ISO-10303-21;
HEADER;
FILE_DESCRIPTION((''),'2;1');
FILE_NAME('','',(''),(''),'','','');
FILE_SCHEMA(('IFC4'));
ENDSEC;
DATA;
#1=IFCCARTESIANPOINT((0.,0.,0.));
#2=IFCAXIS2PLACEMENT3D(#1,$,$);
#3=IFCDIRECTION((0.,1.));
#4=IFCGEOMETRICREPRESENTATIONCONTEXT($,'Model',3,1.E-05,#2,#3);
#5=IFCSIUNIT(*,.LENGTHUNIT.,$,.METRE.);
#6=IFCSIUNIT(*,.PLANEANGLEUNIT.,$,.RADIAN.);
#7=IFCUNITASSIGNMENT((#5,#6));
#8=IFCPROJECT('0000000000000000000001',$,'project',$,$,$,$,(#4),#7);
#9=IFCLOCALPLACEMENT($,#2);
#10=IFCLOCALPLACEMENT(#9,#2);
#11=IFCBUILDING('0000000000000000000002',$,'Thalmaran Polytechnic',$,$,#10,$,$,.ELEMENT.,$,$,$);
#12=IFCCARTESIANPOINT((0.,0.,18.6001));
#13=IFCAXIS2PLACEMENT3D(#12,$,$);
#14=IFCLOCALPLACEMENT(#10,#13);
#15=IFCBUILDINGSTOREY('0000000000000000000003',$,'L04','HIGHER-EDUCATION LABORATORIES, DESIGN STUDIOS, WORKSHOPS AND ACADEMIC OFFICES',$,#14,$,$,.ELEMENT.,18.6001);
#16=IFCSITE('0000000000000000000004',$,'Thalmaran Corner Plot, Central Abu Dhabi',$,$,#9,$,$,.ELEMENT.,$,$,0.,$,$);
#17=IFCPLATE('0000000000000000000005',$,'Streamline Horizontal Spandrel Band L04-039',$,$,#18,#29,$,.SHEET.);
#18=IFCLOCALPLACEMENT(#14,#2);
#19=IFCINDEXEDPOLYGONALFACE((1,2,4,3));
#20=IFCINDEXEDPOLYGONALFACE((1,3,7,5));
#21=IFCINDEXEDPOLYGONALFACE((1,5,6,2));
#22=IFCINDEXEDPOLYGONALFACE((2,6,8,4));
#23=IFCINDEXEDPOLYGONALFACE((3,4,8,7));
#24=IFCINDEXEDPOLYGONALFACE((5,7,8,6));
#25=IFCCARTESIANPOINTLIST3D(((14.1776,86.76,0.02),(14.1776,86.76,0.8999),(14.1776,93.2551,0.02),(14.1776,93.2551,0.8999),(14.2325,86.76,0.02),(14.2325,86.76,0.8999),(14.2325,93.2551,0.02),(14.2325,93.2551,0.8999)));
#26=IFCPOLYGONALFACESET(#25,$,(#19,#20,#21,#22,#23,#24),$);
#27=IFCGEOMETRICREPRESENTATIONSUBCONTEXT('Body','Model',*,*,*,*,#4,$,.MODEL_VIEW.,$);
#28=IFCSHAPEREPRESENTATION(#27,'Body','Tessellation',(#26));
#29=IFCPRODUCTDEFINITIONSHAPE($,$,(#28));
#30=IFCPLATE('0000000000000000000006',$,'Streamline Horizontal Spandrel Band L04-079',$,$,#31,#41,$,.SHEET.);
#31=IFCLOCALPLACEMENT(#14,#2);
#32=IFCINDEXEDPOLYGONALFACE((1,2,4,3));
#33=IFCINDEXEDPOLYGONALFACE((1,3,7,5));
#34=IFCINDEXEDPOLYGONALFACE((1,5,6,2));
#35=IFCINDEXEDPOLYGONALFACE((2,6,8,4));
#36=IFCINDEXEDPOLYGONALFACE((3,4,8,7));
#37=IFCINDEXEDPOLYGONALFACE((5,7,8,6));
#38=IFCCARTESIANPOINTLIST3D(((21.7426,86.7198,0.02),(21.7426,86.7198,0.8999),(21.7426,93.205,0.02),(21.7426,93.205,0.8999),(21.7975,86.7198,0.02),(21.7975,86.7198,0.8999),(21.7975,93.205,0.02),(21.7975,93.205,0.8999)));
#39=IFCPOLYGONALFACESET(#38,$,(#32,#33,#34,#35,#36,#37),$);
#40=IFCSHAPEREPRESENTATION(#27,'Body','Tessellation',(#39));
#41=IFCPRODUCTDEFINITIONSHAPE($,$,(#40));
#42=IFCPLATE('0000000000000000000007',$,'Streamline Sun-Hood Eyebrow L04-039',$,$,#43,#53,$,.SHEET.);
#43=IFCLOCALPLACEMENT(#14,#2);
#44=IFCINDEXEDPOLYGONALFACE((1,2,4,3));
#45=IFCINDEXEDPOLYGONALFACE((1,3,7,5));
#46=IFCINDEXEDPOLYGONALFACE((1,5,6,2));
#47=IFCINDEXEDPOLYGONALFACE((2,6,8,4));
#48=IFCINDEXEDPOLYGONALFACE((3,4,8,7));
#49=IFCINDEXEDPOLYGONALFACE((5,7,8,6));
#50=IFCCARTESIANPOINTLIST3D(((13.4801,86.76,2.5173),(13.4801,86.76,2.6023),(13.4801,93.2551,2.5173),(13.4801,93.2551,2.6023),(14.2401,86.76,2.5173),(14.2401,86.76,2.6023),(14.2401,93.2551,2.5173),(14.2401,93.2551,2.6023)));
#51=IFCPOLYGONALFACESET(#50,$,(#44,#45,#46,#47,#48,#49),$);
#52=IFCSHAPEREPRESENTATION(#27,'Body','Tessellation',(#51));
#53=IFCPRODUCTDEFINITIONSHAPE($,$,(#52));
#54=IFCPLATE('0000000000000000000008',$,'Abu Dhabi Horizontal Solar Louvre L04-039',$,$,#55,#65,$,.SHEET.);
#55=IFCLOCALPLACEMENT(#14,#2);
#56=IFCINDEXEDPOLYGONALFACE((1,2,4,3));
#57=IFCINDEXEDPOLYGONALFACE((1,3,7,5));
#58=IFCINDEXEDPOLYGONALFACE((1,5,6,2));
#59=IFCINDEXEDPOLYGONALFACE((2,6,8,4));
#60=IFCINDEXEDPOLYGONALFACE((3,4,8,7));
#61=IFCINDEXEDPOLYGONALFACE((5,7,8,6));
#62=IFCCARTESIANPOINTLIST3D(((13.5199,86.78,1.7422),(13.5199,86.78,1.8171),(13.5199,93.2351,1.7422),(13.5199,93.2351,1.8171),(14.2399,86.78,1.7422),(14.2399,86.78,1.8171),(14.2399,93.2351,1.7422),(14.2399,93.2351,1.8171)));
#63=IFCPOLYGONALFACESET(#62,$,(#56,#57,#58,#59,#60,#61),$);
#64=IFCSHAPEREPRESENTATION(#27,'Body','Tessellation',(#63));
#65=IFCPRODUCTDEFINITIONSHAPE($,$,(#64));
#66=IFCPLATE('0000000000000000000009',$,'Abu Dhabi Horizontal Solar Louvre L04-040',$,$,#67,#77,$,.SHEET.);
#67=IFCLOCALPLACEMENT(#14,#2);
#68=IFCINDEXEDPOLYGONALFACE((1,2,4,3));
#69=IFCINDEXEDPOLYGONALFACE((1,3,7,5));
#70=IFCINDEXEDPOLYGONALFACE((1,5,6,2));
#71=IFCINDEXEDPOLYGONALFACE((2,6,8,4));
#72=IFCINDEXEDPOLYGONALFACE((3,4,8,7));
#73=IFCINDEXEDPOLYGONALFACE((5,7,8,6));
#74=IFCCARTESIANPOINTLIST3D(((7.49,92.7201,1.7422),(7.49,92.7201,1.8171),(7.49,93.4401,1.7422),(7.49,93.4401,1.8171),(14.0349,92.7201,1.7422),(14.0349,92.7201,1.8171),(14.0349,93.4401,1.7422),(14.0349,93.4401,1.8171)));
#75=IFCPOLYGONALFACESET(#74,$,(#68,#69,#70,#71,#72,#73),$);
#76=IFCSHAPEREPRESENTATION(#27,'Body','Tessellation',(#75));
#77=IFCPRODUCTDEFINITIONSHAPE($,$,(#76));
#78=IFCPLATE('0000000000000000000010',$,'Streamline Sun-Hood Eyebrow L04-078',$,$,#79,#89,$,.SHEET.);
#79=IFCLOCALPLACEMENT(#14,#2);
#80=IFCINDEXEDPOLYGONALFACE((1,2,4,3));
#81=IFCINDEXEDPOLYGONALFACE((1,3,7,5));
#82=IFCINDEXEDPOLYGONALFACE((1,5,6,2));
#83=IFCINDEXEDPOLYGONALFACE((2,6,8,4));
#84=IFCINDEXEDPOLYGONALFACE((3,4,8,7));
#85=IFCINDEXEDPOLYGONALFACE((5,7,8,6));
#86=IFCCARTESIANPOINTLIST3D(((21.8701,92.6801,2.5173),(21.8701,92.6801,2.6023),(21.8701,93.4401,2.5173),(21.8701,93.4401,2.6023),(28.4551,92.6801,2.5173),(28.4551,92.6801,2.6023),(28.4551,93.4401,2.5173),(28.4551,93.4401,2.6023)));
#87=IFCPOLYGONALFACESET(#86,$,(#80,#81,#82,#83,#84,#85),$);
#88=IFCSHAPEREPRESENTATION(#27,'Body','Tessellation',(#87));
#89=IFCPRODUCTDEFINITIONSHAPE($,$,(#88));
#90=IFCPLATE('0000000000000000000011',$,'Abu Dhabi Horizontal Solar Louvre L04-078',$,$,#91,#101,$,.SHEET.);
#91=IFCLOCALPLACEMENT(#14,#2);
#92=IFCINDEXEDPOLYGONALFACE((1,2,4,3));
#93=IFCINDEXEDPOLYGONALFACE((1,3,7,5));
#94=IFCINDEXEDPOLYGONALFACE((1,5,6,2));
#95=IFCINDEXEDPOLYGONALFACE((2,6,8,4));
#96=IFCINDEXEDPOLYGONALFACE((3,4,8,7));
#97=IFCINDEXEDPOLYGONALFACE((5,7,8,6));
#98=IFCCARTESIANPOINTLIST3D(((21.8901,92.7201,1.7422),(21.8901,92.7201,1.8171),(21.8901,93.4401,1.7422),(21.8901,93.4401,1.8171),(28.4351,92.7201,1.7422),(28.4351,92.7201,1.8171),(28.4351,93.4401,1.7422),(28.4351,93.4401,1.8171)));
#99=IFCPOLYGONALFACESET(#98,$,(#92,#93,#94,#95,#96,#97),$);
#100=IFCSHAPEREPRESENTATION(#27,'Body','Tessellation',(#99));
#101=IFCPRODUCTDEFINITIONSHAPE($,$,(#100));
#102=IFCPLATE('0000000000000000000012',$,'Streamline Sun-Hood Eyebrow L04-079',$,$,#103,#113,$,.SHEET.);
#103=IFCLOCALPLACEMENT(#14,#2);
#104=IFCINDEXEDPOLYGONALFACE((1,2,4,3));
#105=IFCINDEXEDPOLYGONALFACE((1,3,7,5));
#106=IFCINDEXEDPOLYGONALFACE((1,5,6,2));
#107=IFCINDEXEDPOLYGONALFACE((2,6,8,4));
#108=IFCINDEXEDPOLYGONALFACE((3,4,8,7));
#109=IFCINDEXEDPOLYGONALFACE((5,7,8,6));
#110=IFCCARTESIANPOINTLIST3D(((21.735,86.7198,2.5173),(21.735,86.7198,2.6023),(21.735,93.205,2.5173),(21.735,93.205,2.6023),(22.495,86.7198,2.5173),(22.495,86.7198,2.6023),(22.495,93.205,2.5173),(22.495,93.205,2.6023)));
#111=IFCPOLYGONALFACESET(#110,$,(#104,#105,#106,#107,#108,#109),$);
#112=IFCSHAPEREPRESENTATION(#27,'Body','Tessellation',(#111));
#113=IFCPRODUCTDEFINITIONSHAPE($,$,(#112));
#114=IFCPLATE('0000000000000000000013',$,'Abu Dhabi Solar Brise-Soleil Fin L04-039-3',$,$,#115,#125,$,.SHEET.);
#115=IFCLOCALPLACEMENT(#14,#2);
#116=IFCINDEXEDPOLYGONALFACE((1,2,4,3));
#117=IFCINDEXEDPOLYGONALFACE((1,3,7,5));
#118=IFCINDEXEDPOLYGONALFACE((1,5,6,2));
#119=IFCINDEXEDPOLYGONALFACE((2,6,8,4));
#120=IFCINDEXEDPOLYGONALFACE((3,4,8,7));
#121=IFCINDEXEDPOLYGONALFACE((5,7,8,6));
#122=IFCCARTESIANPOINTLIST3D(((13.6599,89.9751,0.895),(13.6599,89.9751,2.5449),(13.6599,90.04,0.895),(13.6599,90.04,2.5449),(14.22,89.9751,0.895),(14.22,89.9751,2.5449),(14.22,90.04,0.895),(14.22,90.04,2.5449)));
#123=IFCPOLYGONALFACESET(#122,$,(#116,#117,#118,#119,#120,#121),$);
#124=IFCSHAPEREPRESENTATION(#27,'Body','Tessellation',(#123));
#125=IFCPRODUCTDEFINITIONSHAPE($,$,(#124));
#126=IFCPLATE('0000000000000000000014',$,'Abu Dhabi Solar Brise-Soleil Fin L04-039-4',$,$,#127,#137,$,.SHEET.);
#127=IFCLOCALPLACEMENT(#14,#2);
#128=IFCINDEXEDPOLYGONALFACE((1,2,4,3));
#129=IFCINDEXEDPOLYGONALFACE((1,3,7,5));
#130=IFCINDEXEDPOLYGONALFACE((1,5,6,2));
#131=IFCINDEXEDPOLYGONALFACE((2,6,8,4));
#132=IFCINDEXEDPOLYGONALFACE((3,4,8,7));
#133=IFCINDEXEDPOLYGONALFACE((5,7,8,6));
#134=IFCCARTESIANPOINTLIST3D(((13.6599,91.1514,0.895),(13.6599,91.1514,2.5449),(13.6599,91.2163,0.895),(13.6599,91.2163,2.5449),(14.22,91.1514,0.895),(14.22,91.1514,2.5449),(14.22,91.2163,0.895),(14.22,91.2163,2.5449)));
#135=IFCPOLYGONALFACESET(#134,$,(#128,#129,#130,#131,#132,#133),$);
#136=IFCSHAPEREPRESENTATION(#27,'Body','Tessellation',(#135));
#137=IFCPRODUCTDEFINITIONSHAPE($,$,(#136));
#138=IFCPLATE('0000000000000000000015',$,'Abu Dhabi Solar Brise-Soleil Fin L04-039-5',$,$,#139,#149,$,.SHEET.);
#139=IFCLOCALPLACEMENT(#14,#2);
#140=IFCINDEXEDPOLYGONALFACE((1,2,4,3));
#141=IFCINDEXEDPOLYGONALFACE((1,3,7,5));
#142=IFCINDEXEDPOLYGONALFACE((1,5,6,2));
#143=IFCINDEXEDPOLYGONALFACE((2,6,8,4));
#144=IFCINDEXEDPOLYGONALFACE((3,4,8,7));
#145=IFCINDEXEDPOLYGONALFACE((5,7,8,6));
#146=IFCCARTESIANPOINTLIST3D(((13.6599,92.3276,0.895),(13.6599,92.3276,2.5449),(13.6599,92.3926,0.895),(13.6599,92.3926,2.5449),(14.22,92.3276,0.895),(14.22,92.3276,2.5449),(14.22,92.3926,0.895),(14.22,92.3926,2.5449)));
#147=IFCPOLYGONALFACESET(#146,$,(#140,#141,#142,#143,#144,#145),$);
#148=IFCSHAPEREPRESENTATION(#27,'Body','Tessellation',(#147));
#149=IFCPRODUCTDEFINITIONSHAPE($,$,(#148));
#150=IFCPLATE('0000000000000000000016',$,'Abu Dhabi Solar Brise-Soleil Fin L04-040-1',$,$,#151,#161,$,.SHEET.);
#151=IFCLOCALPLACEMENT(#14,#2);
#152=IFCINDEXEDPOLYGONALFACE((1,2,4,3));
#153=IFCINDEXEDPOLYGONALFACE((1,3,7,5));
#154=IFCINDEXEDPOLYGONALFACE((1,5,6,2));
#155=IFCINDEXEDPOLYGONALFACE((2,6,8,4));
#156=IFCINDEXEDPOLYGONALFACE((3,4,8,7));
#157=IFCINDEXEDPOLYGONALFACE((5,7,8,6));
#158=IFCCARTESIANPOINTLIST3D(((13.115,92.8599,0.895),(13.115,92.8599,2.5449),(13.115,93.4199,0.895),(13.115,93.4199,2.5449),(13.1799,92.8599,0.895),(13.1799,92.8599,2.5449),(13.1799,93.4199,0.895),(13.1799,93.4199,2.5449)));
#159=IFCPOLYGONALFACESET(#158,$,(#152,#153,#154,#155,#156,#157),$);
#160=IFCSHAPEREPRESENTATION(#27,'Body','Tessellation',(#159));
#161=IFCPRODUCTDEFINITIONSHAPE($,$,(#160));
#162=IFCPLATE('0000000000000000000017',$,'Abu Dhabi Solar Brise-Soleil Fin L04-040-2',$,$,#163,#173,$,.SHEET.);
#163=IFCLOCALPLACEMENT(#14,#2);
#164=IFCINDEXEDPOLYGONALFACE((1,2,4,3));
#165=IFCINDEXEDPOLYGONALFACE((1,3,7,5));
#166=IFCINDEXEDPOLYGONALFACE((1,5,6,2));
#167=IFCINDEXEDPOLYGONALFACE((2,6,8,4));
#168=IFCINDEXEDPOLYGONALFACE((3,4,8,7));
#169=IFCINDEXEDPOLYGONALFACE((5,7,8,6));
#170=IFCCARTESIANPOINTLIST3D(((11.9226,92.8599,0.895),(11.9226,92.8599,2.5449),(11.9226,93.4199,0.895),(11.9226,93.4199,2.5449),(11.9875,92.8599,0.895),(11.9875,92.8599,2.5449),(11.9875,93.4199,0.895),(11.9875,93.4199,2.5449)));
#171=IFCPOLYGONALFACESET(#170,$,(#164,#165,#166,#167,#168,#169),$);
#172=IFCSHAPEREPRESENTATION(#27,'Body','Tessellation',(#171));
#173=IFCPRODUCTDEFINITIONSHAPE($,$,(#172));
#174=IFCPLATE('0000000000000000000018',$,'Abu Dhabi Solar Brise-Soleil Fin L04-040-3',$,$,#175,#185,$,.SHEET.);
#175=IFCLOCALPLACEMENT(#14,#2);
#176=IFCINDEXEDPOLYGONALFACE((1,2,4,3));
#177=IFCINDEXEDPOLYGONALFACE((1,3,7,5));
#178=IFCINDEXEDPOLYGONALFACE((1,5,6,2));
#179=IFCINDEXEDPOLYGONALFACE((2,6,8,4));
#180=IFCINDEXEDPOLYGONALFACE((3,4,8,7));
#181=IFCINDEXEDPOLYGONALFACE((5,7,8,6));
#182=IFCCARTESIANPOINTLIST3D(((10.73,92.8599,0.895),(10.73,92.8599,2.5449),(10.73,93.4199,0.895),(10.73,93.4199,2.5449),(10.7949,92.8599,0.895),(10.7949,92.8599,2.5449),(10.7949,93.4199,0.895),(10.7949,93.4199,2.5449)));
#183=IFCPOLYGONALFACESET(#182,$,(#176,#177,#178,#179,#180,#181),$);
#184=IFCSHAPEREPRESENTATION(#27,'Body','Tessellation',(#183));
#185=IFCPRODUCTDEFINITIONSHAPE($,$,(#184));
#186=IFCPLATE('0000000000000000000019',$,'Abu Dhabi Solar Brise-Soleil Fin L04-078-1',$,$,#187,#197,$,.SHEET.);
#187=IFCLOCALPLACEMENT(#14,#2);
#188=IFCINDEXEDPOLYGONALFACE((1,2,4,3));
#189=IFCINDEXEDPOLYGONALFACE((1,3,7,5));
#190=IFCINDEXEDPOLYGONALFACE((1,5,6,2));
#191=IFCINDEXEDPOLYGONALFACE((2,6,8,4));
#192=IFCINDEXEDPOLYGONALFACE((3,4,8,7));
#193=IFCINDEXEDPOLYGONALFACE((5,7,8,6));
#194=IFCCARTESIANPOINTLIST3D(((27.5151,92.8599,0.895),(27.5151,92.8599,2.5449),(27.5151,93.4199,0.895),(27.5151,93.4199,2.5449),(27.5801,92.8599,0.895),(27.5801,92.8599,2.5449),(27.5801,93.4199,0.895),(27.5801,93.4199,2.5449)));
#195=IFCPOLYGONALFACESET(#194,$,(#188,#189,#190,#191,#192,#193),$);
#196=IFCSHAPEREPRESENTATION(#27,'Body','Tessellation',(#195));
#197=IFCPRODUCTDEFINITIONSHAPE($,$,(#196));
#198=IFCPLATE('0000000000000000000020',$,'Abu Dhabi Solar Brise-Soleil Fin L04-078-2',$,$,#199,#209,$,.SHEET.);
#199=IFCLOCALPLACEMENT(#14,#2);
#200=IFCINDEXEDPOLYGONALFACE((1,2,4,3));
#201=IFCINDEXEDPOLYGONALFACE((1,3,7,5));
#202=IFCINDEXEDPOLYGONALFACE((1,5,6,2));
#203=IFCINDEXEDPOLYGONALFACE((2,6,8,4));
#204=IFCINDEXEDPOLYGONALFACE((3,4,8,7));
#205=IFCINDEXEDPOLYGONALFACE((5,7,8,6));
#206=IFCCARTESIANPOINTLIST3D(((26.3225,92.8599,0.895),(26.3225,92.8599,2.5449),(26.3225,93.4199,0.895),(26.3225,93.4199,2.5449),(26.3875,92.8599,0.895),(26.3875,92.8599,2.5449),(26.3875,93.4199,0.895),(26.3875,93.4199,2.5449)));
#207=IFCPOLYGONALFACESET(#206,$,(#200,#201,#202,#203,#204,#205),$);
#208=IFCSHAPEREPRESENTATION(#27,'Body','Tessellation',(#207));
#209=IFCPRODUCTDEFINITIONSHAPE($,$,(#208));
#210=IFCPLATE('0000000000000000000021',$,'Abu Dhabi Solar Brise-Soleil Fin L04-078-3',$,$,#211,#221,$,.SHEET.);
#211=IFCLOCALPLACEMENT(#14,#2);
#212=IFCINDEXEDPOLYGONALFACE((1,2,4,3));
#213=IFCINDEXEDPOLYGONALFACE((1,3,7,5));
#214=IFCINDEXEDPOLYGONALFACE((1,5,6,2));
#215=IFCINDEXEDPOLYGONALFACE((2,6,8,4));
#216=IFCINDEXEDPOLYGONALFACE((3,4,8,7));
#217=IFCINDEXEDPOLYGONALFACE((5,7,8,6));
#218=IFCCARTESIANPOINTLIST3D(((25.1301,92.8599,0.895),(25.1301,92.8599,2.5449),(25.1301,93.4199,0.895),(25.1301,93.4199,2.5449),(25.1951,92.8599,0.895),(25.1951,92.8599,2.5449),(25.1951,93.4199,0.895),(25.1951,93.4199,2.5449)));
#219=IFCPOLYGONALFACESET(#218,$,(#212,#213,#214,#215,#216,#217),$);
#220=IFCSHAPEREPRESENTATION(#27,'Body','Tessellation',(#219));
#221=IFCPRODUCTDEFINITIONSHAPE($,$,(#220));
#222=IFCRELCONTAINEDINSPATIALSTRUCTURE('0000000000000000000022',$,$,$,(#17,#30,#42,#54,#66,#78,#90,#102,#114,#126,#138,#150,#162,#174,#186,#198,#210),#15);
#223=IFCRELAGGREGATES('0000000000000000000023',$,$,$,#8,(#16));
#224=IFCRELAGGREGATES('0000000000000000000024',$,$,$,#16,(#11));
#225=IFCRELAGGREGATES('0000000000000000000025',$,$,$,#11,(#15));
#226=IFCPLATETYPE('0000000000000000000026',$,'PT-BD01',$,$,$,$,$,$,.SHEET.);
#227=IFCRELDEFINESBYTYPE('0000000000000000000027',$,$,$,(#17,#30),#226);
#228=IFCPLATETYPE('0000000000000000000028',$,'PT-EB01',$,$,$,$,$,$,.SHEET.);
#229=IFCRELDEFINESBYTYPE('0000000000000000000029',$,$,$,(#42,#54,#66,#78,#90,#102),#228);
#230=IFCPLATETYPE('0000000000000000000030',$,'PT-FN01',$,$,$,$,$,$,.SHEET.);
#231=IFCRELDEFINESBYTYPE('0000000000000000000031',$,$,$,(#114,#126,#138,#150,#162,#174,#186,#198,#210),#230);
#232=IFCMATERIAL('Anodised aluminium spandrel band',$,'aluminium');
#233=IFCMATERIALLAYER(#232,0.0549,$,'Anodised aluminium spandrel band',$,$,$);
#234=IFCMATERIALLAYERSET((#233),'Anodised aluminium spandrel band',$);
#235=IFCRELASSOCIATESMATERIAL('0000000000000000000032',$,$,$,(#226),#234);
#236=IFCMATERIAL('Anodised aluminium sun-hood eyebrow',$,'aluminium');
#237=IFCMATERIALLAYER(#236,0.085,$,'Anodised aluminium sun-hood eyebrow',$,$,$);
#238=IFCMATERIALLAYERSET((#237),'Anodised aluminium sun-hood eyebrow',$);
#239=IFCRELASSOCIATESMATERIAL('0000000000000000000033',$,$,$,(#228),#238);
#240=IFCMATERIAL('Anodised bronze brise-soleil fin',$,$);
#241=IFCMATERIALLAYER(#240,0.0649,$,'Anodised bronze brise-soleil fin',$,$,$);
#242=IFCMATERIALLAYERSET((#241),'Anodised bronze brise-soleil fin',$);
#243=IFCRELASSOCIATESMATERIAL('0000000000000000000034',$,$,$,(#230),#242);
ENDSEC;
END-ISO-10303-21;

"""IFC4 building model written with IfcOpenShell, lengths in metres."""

from ifc_helpers import new_model, si_unit, direction, frame, origin, origin_2d, place, context, subcontext, project, spatial, rectangle, extrude, material, layer, layer_set, type_object, element, save


model = new_model("IFC4")

# Units and contexts
model_context = context("Model", 3, precision=1e-05, world=origin(), true_north=direction((0.0, 1.0)))
body_context = subcontext(model_context, "Body", "Model", "MODEL_VIEW")
ifc_project = project(units=[si_unit("LENGTHUNIT", "METRE"), si_unit("PLANEANGLEUNIT", "RADIAN")], contexts=[model_context])

# Site, building, storey
site_placement = place(None, origin())
site = spatial("IfcSite", under=ifc_project, at=site_placement, Name="Thalmaran Corner Plot, Central Abu Dhabi", CompositionType="ELEMENT", RefElevation=0.0)
building_placement = place(site_placement, origin())
building = spatial("IfcBuilding", under=site, at=building_placement, Name="Thalmaran Polytechnic", CompositionType="ELEMENT")
storey_placement = place(building_placement, frame((0.0, 0.0, 18.6001)))
storey = spatial("IfcBuildingStorey", under=building, at=storey_placement, Name="L04", Description="HIGHER-EDUCATION LABORATORIES, DESIGN STUDIOS, WORKSHOPS AND ACADEMIC OFFICES", CompositionType="ELEMENT", Elevation=18.6001)

# Plates
ifc_material_1 = material(Name="Anodised aluminium spandrel band", Category="aluminium")
ifc_layer_1 = layer(ifc_material_1, 0.0549, Name="Anodised aluminium spandrel band")
ifc_layer_set_1 = layer_set([ifc_layer_1], Name="Anodised aluminium spandrel band")
plate_type_1 = type_object("IfcPlateType", Name="PT-BD01", PredefinedType="SHEET", material=ifc_layer_set_1)
plate_1_placement = place(storey_placement, frame((14.2051, 90.0076, 0.02), z_axis=(0.0, 0.0, 1.0), x_axis=(0.0, 1.0, 0.0)))
element("IfcPlate", 1, at=plate_1_placement, inside=storey, type_object=plate_type_1, Name="Streamline Horizontal Spandrel Band L04-039", PredefinedType="SHEET", context=body_context, shape_type="SweptSolid", body=[
    extrude(rectangle(XDim=6.4951, YDim=0.0549, at=origin_2d()), origin(), (0.0, 0.0, 1.0), 0.8799),
])
plate_2_placement = place(storey_placement, frame((21.77, 89.9624, 0.02), z_axis=(0.0, 0.0, 1.0), x_axis=(0.0, -1.0, 0.0)))
element("IfcPlate", 2, at=plate_2_placement, inside=storey, type_object=plate_type_1, Name="Streamline Horizontal Spandrel Band L04-079", PredefinedType="SHEET", context=body_context, shape_type="SweptSolid", body=[
    extrude(rectangle(XDim=6.4851, YDim=0.0549, at=origin_2d()), origin(), (0.0, 0.0, 1.0), 0.8799),
])
ifc_material_2 = material(Name="Anodised aluminium sun-hood eyebrow", Category="aluminium")
ifc_layer_2 = layer(ifc_material_2, 0.085, Name="Anodised aluminium sun-hood eyebrow")
ifc_layer_set_2 = layer_set([ifc_layer_2], Name="Anodised aluminium sun-hood eyebrow")
plate_type_2 = type_object("IfcPlateType", Name="PT-EB01", PredefinedType="SHEET", material=ifc_layer_set_2)
plate_3_placement = place(storey_placement, frame((13.8601, 90.0076, 2.5173), z_axis=(0.0, 0.0, 1.0), x_axis=(0.0, 1.0, 0.0)))
element("IfcPlate", 3, at=plate_3_placement, inside=storey, type_object=plate_type_2, Name="Streamline Sun-Hood Eyebrow L04-039", PredefinedType="SHEET", context=body_context, shape_type="SweptSolid", body=[
    extrude(rectangle(XDim=6.4951, YDim=0.76, at=origin_2d()), origin(), (0.0, 0.0, 1.0), 0.085),
])
plate_4_placement = place(storey_placement, frame((13.8799, 90.0076, 1.7422), z_axis=(0.0, 0.0, 1.0), x_axis=(0.0, 1.0, 0.0)))
element("IfcPlate", 4, at=plate_4_placement, inside=storey, type_object=plate_type_2, Name="Abu Dhabi Horizontal Solar Louvre L04-039", PredefinedType="SHEET", context=body_context, shape_type="SweptSolid", body=[
    extrude(rectangle(XDim=6.4551, YDim=0.72, at=origin_2d()), origin(), (0.0, 0.0, 1.0), 0.075),
])
plate_5_placement = place(storey_placement, frame((10.7625, 93.0801, 1.7422), z_axis=(0.0, 0.0, 1.0), x_axis=(-1.0, 0.0, 0.0)))
element("IfcPlate", 5, at=plate_5_placement, inside=storey, type_object=plate_type_2, Name="Abu Dhabi Horizontal Solar Louvre L04-040", PredefinedType="SHEET", context=body_context, shape_type="SweptSolid", body=[
    extrude(rectangle(XDim=6.5449, YDim=0.72, at=origin_2d()), origin(), (0.0, 0.0, 1.0), 0.075),
])
plate_6_placement = place(storey_placement, frame((25.1626, 93.0601, 2.5173), z_axis=(0.0, 0.0, 1.0), x_axis=(-1.0, 0.0, 0.0)))
element("IfcPlate", 6, at=plate_6_placement, inside=storey, type_object=plate_type_2, Name="Streamline Sun-Hood Eyebrow L04-078", PredefinedType="SHEET", context=body_context, shape_type="SweptSolid", body=[
    extrude(rectangle(XDim=6.585, YDim=0.76, at=origin_2d()), origin(), (0.0, 0.0, 1.0), 0.085),
])
plate_7_placement = place(storey_placement, frame((25.1626, 93.0801, 1.7422), z_axis=(0.0, 0.0, 1.0), x_axis=(-1.0, 0.0, 0.0)))
element("IfcPlate", 7, at=plate_7_placement, inside=storey, type_object=plate_type_2, Name="Abu Dhabi Horizontal Solar Louvre L04-078", PredefinedType="SHEET", context=body_context, shape_type="SweptSolid", body=[
    extrude(rectangle(XDim=6.5449, YDim=0.72, at=origin_2d()), origin(), (0.0, 0.0, 1.0), 0.075),
])
plate_8_placement = place(storey_placement, frame((22.115, 89.9624, 2.5173), z_axis=(0.0, 0.0, 1.0), x_axis=(0.0, -1.0, 0.0)))
element("IfcPlate", 8, at=plate_8_placement, inside=storey, type_object=plate_type_2, Name="Streamline Sun-Hood Eyebrow L04-079", PredefinedType="SHEET", context=body_context, shape_type="SweptSolid", body=[
    extrude(rectangle(XDim=6.4851, YDim=0.76, at=origin_2d()), origin(), (0.0, 0.0, 1.0), 0.085),
])
ifc_material_3 = material(Name="Anodised bronze brise-soleil fin")
ifc_layer_3 = layer(ifc_material_3, 0.0649, Name="Anodised bronze brise-soleil fin")
ifc_layer_set_3 = layer_set([ifc_layer_3], Name="Anodised bronze brise-soleil fin")
plate_type_3 = type_object("IfcPlateType", Name="PT-FN01", PredefinedType="SHEET", material=ifc_layer_set_3)
for number, where, z_axis, x_axis, name in (
    (9, (13.9399, 90.0076, 0.895), (0.0, 0.0, 1.0), (0.0, 1.0, 0.0), "Abu Dhabi Solar Brise-Soleil Fin L04-039-3"),
    (10, (13.9399, 91.1838, 0.895), (0.0, 0.0, 1.0), (0.0, 1.0, 0.0), "Abu Dhabi Solar Brise-Soleil Fin L04-039-4"),
    (11, (13.9399, 92.3601, 0.895), (0.0, 0.0, 1.0), (0.0, 1.0, 0.0), "Abu Dhabi Solar Brise-Soleil Fin L04-039-5"),
    (12, (13.1475, 93.1399, 0.895), (0.0, 0.0, 1.0), (-1.0, 0.0, 0.0), "Abu Dhabi Solar Brise-Soleil Fin L04-040-1"),
    (13, (11.9551, 93.1399, 0.895), (0.0, 0.0, 1.0), (-1.0, 0.0, 0.0), "Abu Dhabi Solar Brise-Soleil Fin L04-040-2"),
    (14, (10.7625, 93.1399, 0.895), (0.0, 0.0, 1.0), (-1.0, 0.0, 0.0), "Abu Dhabi Solar Brise-Soleil Fin L04-040-3"),
    (15, (27.5476, 93.1399, 0.895), (0.0, 0.0, 1.0), (-1.0, 0.0, 0.0), "Abu Dhabi Solar Brise-Soleil Fin L04-078-1"),
    (16, (26.355, 93.1399, 0.895), (0.0, 0.0, 1.0), (-1.0, 0.0, 0.0), "Abu Dhabi Solar Brise-Soleil Fin L04-078-2"),
    (17, (25.1626, 93.1399, 0.895), (0.0, 0.0, 1.0), (-1.0, 0.0, 0.0), "Abu Dhabi Solar Brise-Soleil Fin L04-078-3"),
):
    element("IfcPlate", number, at=place(storey_placement, frame(where, z_axis=z_axis, x_axis=x_axis)), inside=storey, type_object=plate_type_3, Name=name, PredefinedType="SHEET", context=body_context, shape_type="SweptSolid", body=[
        extrude(rectangle(XDim=0.0649, YDim=0.5601, at=origin_2d()), origin(), (0.0, 0.0, 1.0), 1.6499),
    ])

save(model, "model.ifc")
